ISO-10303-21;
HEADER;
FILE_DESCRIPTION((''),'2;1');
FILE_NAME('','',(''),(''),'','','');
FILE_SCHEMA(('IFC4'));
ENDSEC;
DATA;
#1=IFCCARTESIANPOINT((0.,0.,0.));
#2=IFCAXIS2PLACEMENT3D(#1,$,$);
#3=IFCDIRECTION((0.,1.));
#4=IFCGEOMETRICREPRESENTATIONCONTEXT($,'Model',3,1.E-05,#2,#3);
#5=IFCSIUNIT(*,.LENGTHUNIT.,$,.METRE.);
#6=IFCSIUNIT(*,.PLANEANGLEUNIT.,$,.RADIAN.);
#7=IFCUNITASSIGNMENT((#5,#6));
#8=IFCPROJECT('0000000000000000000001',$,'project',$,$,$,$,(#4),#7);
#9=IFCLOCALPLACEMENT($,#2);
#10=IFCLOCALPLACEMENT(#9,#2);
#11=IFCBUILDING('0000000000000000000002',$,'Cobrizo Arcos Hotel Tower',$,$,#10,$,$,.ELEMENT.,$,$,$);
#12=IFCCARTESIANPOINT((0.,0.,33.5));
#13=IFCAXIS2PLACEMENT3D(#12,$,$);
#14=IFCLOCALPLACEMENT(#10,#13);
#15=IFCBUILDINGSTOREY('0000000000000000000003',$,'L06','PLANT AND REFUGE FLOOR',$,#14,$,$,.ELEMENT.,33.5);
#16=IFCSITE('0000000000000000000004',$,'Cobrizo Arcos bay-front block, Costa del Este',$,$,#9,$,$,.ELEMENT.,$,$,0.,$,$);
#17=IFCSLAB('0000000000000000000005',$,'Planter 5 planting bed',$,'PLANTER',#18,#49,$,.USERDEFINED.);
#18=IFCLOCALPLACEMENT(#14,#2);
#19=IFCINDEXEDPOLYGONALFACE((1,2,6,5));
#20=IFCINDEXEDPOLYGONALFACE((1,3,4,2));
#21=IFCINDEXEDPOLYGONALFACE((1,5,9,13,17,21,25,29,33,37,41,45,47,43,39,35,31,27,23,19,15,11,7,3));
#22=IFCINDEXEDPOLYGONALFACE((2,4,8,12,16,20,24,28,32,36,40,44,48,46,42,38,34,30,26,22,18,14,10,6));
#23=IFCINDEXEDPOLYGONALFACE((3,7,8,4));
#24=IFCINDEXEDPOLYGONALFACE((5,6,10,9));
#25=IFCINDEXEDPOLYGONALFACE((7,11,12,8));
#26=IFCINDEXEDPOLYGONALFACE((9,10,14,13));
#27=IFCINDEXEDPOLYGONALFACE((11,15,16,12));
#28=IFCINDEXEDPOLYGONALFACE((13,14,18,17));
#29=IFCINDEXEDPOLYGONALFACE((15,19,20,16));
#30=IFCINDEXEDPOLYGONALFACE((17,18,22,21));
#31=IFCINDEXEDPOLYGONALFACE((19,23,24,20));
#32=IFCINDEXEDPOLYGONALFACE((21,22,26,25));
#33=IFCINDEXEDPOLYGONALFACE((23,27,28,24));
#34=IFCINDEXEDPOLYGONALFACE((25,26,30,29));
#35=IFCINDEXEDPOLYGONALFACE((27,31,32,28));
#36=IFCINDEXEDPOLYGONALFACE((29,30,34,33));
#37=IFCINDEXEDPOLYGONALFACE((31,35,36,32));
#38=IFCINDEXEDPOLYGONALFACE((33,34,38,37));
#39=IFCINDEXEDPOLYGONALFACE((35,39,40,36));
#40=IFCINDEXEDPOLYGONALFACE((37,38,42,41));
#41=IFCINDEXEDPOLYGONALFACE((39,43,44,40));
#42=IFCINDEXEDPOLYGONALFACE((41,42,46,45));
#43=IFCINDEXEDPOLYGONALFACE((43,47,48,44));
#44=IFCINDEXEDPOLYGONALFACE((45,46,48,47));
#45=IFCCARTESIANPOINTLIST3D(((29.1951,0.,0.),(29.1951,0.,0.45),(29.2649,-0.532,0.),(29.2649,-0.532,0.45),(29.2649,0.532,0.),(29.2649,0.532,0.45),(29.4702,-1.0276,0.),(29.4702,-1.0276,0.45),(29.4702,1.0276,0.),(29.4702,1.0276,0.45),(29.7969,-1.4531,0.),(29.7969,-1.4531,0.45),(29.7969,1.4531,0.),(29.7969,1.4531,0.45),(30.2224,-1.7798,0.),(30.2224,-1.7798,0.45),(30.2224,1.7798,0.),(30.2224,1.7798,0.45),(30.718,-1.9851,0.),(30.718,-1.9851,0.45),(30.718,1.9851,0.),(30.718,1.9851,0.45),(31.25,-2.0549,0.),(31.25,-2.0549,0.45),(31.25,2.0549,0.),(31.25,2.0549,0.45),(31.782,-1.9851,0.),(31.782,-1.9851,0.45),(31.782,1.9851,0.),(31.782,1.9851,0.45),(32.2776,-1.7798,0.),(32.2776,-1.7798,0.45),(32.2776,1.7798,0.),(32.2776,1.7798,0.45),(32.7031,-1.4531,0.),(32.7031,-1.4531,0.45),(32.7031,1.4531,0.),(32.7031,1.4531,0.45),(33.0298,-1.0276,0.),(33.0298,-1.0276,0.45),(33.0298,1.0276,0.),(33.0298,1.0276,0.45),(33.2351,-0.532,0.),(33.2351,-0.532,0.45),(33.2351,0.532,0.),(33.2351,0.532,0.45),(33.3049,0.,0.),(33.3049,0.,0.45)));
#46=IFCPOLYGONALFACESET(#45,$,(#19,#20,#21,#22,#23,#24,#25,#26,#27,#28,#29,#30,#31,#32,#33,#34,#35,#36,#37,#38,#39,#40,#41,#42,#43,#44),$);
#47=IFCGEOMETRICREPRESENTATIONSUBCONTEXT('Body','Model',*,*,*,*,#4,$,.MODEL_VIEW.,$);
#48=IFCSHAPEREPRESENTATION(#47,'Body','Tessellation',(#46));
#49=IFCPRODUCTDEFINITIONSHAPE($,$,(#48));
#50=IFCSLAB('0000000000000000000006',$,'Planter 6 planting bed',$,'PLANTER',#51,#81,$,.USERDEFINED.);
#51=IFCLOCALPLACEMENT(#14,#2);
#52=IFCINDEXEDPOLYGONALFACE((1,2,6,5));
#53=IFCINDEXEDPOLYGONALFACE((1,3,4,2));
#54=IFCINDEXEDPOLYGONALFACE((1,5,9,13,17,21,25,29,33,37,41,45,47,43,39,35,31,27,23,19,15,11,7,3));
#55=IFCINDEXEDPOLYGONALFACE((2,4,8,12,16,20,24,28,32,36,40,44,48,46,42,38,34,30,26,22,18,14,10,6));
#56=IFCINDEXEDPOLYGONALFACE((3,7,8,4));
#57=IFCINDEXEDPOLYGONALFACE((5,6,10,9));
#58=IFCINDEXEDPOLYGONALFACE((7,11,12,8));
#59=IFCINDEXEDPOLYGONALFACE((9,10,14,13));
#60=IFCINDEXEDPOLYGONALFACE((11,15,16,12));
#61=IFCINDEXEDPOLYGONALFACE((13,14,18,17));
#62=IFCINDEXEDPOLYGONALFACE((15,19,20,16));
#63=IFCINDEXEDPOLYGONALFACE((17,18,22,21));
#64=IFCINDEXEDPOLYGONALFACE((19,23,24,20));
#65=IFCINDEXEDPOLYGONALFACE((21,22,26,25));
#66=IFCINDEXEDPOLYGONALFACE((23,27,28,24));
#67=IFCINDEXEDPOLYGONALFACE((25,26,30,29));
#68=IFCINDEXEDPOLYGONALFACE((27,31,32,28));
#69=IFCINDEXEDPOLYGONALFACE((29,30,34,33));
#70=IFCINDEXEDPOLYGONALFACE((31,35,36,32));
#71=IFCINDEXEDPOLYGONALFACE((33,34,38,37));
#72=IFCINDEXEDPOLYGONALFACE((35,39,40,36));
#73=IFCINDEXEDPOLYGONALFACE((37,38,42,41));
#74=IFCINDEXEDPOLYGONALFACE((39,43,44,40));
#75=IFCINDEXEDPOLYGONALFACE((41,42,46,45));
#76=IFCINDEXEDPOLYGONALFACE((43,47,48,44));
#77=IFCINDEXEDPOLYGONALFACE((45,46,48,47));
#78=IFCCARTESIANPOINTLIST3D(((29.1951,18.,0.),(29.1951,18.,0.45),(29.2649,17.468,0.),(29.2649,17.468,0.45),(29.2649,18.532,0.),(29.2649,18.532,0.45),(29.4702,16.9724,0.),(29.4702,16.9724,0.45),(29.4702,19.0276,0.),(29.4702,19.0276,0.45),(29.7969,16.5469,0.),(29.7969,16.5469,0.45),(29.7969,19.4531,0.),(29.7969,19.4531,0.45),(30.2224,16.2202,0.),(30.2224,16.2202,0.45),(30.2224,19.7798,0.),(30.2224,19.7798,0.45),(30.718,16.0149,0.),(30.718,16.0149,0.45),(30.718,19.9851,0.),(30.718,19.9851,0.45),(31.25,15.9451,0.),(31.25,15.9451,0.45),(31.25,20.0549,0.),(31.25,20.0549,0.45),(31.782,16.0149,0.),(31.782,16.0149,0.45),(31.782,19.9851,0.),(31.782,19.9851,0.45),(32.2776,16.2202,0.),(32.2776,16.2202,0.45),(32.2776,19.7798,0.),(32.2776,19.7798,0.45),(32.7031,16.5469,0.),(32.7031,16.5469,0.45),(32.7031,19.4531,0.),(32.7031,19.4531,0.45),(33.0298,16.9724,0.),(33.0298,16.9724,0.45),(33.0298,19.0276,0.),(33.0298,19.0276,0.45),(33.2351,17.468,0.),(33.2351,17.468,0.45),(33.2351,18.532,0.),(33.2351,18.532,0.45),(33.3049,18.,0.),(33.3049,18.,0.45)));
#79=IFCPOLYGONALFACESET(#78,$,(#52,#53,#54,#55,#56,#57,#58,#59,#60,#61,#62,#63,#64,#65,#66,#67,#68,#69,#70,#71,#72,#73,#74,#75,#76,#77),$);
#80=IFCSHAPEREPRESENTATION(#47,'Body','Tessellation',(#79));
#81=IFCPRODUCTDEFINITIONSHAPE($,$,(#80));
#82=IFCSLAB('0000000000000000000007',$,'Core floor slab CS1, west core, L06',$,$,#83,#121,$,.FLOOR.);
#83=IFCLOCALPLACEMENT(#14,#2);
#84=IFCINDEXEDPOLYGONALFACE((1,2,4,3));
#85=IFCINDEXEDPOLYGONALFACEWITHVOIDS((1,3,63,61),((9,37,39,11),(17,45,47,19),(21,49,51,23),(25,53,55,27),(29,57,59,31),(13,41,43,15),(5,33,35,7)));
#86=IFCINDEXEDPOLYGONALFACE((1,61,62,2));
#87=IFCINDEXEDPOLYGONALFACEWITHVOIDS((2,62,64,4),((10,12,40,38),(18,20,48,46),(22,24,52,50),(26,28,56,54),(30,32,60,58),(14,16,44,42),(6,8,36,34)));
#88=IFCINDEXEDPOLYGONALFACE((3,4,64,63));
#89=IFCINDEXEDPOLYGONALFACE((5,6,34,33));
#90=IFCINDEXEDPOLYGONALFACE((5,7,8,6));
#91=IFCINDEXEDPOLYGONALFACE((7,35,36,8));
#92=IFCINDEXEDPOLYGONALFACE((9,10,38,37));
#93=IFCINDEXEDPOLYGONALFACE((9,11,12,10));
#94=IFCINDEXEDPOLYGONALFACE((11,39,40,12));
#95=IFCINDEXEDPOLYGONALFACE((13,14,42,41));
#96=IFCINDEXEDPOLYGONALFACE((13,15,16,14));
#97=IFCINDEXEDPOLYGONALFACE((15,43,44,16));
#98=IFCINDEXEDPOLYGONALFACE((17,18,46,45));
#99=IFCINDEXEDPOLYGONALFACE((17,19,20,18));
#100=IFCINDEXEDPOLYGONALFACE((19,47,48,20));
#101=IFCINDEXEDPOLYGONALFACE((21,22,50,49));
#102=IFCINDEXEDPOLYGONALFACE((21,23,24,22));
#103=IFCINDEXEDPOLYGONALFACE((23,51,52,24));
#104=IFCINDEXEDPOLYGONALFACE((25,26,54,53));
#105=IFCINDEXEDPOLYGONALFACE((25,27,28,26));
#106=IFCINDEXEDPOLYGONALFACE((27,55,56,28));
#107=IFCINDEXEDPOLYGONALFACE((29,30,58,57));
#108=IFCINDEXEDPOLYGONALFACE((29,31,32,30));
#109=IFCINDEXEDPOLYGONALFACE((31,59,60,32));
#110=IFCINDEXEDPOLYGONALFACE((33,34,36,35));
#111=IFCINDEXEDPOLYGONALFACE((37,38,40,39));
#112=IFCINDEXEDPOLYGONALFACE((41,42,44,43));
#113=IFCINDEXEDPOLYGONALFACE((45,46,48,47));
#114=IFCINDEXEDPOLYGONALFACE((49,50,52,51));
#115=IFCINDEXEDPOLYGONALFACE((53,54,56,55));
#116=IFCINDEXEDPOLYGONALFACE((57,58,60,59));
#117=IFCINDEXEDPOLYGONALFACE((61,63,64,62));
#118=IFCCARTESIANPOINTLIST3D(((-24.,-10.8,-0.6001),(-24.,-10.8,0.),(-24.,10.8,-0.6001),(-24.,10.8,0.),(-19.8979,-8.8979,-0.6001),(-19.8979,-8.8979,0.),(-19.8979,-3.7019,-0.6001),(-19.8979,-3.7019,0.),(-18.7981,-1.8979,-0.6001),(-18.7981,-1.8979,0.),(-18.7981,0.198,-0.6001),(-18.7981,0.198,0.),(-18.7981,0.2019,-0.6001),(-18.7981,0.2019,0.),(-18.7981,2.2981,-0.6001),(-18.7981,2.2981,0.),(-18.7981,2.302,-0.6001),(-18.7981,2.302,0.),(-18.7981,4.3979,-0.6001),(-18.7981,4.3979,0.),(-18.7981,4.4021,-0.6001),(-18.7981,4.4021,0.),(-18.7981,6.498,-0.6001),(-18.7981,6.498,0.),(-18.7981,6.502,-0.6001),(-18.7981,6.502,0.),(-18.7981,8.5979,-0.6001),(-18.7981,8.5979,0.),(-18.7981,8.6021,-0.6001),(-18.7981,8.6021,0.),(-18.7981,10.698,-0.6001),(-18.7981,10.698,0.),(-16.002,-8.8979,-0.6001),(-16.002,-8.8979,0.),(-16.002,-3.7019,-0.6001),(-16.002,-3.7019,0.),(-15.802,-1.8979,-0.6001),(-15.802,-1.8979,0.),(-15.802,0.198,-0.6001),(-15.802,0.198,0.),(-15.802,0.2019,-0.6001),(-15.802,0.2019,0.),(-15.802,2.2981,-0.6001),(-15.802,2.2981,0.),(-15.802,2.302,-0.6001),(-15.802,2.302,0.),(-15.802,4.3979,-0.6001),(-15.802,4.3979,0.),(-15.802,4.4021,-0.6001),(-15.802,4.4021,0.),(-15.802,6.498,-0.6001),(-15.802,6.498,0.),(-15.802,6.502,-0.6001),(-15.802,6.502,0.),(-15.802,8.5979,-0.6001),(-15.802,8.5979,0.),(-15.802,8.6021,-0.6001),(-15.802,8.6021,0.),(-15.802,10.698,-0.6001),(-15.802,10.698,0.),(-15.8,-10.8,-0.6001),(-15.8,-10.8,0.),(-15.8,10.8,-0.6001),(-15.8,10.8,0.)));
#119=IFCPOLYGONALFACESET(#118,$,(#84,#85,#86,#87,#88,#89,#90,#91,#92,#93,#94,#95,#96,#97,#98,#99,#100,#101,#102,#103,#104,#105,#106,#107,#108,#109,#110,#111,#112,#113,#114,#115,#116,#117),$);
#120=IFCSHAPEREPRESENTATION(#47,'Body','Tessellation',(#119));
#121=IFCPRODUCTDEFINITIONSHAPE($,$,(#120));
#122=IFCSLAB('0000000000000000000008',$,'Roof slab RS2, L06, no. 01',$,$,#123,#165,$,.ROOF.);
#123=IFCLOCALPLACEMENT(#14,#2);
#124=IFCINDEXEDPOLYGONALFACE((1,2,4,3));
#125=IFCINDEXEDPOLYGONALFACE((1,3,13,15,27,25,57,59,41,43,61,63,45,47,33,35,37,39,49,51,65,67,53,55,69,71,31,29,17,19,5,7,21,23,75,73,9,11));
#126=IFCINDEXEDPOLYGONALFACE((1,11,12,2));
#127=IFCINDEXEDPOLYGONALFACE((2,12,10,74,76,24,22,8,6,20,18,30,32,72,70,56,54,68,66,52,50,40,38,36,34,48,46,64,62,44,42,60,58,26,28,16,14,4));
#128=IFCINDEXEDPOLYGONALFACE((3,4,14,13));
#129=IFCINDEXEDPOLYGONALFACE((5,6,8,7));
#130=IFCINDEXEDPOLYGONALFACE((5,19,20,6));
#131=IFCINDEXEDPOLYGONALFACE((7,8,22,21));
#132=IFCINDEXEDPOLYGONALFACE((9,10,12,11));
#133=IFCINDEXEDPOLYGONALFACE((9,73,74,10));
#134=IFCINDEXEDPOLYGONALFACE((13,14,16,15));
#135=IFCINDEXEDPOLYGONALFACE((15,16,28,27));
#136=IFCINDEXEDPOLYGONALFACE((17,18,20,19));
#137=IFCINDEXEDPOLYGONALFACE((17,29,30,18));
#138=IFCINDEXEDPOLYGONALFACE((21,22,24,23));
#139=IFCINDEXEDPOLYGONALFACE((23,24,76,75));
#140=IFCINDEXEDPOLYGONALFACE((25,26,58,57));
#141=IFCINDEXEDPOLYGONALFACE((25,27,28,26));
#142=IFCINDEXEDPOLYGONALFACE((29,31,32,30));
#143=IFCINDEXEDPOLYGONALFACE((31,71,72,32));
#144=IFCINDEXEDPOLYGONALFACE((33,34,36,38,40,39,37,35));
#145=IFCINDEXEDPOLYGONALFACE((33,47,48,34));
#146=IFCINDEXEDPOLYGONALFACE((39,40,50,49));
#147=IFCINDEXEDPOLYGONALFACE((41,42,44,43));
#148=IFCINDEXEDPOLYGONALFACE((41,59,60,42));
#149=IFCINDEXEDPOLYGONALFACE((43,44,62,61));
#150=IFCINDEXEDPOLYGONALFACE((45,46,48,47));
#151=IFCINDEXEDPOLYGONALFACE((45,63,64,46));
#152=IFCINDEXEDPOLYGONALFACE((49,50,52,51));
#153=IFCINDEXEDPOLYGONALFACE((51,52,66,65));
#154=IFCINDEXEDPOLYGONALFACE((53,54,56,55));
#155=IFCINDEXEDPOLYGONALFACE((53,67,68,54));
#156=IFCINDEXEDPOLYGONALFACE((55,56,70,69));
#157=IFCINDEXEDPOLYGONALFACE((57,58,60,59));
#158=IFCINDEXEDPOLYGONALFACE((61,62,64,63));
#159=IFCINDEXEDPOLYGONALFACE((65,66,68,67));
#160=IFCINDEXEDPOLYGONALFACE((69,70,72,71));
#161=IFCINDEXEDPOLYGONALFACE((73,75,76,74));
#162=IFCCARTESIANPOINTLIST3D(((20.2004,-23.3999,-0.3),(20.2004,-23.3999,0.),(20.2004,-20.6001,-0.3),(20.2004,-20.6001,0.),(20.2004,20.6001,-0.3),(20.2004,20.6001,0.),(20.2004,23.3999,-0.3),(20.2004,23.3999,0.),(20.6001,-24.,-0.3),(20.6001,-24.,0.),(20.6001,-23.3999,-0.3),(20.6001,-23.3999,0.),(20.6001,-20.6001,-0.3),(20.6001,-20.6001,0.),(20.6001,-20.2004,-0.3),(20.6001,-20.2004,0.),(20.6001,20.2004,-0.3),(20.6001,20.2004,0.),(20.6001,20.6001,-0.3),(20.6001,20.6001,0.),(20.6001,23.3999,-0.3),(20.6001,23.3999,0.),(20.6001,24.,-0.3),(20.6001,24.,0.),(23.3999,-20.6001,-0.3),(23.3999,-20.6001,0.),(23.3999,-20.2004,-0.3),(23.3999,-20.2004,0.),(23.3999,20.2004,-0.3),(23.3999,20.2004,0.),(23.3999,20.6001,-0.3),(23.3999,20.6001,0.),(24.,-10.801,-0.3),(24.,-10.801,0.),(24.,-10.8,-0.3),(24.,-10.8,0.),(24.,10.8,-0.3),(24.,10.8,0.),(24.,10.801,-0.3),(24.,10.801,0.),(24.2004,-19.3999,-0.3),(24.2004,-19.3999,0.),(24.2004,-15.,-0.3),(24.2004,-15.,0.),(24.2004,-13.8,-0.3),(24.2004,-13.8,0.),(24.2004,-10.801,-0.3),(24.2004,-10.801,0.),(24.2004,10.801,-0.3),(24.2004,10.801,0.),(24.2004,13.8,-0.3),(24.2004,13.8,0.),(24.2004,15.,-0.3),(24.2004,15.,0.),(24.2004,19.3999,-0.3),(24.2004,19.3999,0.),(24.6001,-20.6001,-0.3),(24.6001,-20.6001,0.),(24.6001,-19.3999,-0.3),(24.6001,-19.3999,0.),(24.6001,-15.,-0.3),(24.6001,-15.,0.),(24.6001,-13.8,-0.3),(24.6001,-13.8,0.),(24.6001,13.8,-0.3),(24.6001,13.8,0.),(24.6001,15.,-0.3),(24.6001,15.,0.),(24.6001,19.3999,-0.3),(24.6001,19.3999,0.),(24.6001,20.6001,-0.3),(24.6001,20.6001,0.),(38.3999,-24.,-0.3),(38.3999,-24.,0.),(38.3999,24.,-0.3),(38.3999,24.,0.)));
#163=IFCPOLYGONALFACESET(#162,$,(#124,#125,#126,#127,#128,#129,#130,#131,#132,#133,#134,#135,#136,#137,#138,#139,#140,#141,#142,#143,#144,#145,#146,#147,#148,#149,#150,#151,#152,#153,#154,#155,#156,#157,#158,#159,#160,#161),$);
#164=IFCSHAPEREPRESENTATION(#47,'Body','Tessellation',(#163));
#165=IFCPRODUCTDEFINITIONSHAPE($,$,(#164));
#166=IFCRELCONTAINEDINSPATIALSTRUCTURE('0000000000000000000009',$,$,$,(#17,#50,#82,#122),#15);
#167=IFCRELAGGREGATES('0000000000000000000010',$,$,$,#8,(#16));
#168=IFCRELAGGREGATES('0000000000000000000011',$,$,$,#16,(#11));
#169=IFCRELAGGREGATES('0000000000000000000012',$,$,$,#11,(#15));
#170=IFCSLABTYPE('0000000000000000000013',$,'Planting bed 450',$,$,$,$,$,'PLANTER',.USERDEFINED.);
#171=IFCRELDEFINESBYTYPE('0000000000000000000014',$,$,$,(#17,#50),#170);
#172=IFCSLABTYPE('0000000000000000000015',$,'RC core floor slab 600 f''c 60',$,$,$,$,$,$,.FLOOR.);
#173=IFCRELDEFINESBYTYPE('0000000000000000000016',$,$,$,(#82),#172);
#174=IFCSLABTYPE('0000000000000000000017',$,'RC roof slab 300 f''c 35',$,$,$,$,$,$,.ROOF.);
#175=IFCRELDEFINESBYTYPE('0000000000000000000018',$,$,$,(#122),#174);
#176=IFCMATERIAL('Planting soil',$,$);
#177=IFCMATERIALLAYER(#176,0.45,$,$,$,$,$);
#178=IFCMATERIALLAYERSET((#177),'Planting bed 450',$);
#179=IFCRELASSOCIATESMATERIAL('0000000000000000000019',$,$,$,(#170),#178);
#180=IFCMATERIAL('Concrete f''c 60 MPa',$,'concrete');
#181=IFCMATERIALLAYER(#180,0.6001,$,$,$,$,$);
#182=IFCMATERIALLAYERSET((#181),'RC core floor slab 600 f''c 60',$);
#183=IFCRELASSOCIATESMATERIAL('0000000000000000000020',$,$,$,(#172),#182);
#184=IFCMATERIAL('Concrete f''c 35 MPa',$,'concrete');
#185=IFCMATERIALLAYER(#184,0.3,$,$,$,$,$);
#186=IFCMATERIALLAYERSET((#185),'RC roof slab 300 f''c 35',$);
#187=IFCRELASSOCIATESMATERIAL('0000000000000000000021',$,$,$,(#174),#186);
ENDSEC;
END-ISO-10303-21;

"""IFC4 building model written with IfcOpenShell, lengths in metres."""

from ifc_helpers import new_model, si_unit, direction, frame, origin, place, context, subcontext, project, spatial, polyline, outline, extrude, material, layer, layer_set, type_object, element, save


model = new_model("IFC4")

# Units and contexts
model_context = context("Model", 3, precision=1e-05, world=origin(), true_north=direction((0.0, 1.0)))
body_context = subcontext(model_context, "Body", "Model", "MODEL_VIEW")
ifc_project = project(units=[si_unit("LENGTHUNIT", "METRE"), si_unit("PLANEANGLEUNIT", "RADIAN")], contexts=[model_context])

# Site, building, storey
site_placement = place(None, origin())
site = spatial("IfcSite", under=ifc_project, at=site_placement, Name="Cobrizo Arcos bay-front block, Costa del Este", CompositionType="ELEMENT", RefElevation=0.0)
building_placement = place(site_placement, origin())
building = spatial("IfcBuilding", under=site, at=building_placement, Name="Cobrizo Arcos Hotel Tower", CompositionType="ELEMENT")
storey_placement = place(building_placement, frame((0.0, 0.0, 33.5)))
storey = spatial("IfcBuildingStorey", under=building, at=storey_placement, Name="L06", Description="PLANT AND REFUGE FLOOR", CompositionType="ELEMENT", Elevation=33.5)

# Slabs
ifc_material_1 = material(Name="Concrete f'c 35 MPa", Category="concrete")
ifc_material_2 = material(Name="Planting soil")
ifc_layer_1 = layer(ifc_material_2, 0.45)
ifc_layer_set_1 = layer_set([ifc_layer_1], Name="Planting bed 450")
slab_type_1 = type_object("IfcSlabType", Name="Planting bed 450", ElementType="PLANTER", PredefinedType="USERDEFINED", material=ifc_layer_set_1)
slab_1_placement = place(storey_placement, origin())
element("IfcSlab", 1, at=slab_1_placement, inside=storey, type_object=slab_type_1, Name="Planter 5 planting bed", ObjectType="PLANTER", PredefinedType="USERDEFINED", context=body_context, shape_type="SweptSolid", body=[
    extrude(outline(polyline([(33.3049, 0.0), (33.2351, 0.532), (33.0298, 1.0276), (32.7031, 1.4531), (32.2776, 1.7798), (31.782, 1.9851), (31.25, 2.0549), (30.718, 1.9851), (30.2224, 1.7798), (29.7969, 1.4531), (29.4702, 1.0276), (29.2649, 0.532), (29.1951, 0.0), (29.2649, -0.532), (29.4702, -1.0276), (29.7969, -1.4531), (30.2224, -1.7798), (30.718, -1.9851), (31.25, -2.0549), (31.782, -1.9851), (32.2776, -1.7798), (32.7031, -1.4531), (33.0298, -1.0276), (33.2351, -0.532), (33.3049, 0.0)])), origin(), (0.0, 0.0, 1.0), 0.45),
])
slab_2_placement = place(storey_placement, origin())
element("IfcSlab", 2, at=slab_2_placement, inside=storey, type_object=slab_type_1, Name="Planter 6 planting bed", ObjectType="PLANTER", PredefinedType="USERDEFINED", context=body_context, shape_type="SweptSolid", body=[
    extrude(outline(polyline([(33.3049, 18.0), (33.2351, 18.532), (33.0298, 19.0276), (32.7031, 19.4531), (32.2776, 19.7798), (31.782, 19.9851), (31.25, 20.0549), (30.718, 19.9851), (30.2224, 19.7798), (29.7969, 19.4531), (29.4702, 19.0276), (29.2649, 18.532), (29.1951, 18.0), (29.2649, 17.468), (29.4702, 16.9724), (29.7969, 16.5469), (30.2224, 16.2202), (30.718, 16.0149), (31.25, 15.9451), (31.782, 16.0149), (32.2776, 16.2202), (32.7031, 16.5469), (33.0298, 16.9724), (33.2351, 17.468), (33.3049, 18.0)])), origin(), (0.0, 0.0, 1.0), 0.45),
])
ifc_material_3 = material(Name="Concrete f'c 60 MPa", Category="concrete")
ifc_layer_2 = layer(ifc_material_3, 0.6001)
ifc_layer_set_2 = layer_set([ifc_layer_2], Name="RC core floor slab 600 f'c 60")
slab_type_2 = type_object("IfcSlabType", Name="RC core floor slab 600 f'c 60", PredefinedType="FLOOR", material=ifc_layer_set_2)
slab_3_placement = place(storey_placement, frame((0.0, 0.0, -0.6001)))
element("IfcSlab", 3, at=slab_3_placement, inside=storey, type_object=slab_type_2, Name="Core floor slab CS1, west core, L06", PredefinedType="FLOOR", context=body_context, shape_type="SweptSolid", body=[
    extrude(outline(polyline([(-24.0, 10.8), (-15.8, 10.8), (-15.8, -10.8), (-24.0, -10.8), (-24.0, 10.8)]), holes=[polyline([(-19.8979, -3.7019), (-19.8979, -8.8979), (-16.002, -8.8979), (-16.002, -3.7019), (-19.8979, -3.7019)]), polyline([(-18.7981, 0.198), (-18.7981, -1.8979), (-15.802, -1.8979), (-15.802, 0.198), (-18.7981, 0.198)]), polyline([(-15.802, 2.2981), (-18.7981, 2.2981), (-18.7981, 0.2019), (-15.802, 0.2019), (-15.802, 2.2981)]), polyline([(-15.802, 4.3979), (-18.7981, 4.3979), (-18.7981, 2.302), (-15.802, 2.302), (-15.802, 4.3979)]), polyline([(-18.7981, 6.498), (-18.7981, 4.4021), (-15.802, 4.4021), (-15.802, 6.498), (-18.7981, 6.498)]), polyline([(-15.802, 8.5979), (-18.7981, 8.5979), (-18.7981, 6.502), (-15.802, 6.502), (-15.802, 8.5979)]), polyline([(-15.802, 10.698), (-18.7981, 10.698), (-18.7981, 8.6021), (-15.802, 8.6021), (-15.802, 10.698)])]), origin(), (0.0, 0.0, 1.0), 0.6001),
])
ifc_layer_3 = layer(ifc_material_1, 0.3)
ifc_layer_set_3 = layer_set([ifc_layer_3], Name="RC roof slab 300 f'c 35")
slab_type_3 = type_object("IfcSlabType", Name="RC roof slab 300 f'c 35", PredefinedType="ROOF", material=ifc_layer_set_3)
slab_4_placement = place(storey_placement, frame((0.0, 0.0, -0.3)))
element("IfcSlab", 4, at=slab_4_placement, inside=storey, type_object=slab_type_3, Name="Roof slab RS2, L06, no. 01", PredefinedType="ROOF", context=body_context, shape_type="SweptSolid", body=[
    extrude(outline(polyline([(20.6001, -24.0), (20.6001, -23.3999), (20.2004, -23.3999), (20.2004, -20.6001), (20.6001, -20.6001), (20.6001, -20.2004), (23.3999, -20.2004), (23.3999, -20.6001), (24.6001, -20.6001), (24.6001, -19.3999), (24.2004, -19.3999), (24.2004, -15.0), (24.6001, -15.0), (24.6001, -13.8), (24.2004, -13.8), (24.2004, -10.801), (24.0, -10.801), (24.0, -10.8), (24.0, 10.8), (24.0, 10.801), (24.2004, 10.801), (24.2004, 13.8), (24.6001, 13.8), (24.6001, 15.0), (24.2004, 15.0), (24.2004, 19.3999), (24.6001, 19.3999), (24.6001, 20.6001), (23.3999, 20.6001), (23.3999, 20.2004), (20.6001, 20.2004), (20.6001, 20.6001), (20.2004, 20.6001), (20.2004, 23.3999), (20.6001, 23.3999), (20.6001, 24.0), (38.3999, 24.0), (38.3999, -24.0), (20.6001, -24.0)])), origin(), (0.0, 0.0, 1.0), 0.3),
])

save(model, "model.ifc")
